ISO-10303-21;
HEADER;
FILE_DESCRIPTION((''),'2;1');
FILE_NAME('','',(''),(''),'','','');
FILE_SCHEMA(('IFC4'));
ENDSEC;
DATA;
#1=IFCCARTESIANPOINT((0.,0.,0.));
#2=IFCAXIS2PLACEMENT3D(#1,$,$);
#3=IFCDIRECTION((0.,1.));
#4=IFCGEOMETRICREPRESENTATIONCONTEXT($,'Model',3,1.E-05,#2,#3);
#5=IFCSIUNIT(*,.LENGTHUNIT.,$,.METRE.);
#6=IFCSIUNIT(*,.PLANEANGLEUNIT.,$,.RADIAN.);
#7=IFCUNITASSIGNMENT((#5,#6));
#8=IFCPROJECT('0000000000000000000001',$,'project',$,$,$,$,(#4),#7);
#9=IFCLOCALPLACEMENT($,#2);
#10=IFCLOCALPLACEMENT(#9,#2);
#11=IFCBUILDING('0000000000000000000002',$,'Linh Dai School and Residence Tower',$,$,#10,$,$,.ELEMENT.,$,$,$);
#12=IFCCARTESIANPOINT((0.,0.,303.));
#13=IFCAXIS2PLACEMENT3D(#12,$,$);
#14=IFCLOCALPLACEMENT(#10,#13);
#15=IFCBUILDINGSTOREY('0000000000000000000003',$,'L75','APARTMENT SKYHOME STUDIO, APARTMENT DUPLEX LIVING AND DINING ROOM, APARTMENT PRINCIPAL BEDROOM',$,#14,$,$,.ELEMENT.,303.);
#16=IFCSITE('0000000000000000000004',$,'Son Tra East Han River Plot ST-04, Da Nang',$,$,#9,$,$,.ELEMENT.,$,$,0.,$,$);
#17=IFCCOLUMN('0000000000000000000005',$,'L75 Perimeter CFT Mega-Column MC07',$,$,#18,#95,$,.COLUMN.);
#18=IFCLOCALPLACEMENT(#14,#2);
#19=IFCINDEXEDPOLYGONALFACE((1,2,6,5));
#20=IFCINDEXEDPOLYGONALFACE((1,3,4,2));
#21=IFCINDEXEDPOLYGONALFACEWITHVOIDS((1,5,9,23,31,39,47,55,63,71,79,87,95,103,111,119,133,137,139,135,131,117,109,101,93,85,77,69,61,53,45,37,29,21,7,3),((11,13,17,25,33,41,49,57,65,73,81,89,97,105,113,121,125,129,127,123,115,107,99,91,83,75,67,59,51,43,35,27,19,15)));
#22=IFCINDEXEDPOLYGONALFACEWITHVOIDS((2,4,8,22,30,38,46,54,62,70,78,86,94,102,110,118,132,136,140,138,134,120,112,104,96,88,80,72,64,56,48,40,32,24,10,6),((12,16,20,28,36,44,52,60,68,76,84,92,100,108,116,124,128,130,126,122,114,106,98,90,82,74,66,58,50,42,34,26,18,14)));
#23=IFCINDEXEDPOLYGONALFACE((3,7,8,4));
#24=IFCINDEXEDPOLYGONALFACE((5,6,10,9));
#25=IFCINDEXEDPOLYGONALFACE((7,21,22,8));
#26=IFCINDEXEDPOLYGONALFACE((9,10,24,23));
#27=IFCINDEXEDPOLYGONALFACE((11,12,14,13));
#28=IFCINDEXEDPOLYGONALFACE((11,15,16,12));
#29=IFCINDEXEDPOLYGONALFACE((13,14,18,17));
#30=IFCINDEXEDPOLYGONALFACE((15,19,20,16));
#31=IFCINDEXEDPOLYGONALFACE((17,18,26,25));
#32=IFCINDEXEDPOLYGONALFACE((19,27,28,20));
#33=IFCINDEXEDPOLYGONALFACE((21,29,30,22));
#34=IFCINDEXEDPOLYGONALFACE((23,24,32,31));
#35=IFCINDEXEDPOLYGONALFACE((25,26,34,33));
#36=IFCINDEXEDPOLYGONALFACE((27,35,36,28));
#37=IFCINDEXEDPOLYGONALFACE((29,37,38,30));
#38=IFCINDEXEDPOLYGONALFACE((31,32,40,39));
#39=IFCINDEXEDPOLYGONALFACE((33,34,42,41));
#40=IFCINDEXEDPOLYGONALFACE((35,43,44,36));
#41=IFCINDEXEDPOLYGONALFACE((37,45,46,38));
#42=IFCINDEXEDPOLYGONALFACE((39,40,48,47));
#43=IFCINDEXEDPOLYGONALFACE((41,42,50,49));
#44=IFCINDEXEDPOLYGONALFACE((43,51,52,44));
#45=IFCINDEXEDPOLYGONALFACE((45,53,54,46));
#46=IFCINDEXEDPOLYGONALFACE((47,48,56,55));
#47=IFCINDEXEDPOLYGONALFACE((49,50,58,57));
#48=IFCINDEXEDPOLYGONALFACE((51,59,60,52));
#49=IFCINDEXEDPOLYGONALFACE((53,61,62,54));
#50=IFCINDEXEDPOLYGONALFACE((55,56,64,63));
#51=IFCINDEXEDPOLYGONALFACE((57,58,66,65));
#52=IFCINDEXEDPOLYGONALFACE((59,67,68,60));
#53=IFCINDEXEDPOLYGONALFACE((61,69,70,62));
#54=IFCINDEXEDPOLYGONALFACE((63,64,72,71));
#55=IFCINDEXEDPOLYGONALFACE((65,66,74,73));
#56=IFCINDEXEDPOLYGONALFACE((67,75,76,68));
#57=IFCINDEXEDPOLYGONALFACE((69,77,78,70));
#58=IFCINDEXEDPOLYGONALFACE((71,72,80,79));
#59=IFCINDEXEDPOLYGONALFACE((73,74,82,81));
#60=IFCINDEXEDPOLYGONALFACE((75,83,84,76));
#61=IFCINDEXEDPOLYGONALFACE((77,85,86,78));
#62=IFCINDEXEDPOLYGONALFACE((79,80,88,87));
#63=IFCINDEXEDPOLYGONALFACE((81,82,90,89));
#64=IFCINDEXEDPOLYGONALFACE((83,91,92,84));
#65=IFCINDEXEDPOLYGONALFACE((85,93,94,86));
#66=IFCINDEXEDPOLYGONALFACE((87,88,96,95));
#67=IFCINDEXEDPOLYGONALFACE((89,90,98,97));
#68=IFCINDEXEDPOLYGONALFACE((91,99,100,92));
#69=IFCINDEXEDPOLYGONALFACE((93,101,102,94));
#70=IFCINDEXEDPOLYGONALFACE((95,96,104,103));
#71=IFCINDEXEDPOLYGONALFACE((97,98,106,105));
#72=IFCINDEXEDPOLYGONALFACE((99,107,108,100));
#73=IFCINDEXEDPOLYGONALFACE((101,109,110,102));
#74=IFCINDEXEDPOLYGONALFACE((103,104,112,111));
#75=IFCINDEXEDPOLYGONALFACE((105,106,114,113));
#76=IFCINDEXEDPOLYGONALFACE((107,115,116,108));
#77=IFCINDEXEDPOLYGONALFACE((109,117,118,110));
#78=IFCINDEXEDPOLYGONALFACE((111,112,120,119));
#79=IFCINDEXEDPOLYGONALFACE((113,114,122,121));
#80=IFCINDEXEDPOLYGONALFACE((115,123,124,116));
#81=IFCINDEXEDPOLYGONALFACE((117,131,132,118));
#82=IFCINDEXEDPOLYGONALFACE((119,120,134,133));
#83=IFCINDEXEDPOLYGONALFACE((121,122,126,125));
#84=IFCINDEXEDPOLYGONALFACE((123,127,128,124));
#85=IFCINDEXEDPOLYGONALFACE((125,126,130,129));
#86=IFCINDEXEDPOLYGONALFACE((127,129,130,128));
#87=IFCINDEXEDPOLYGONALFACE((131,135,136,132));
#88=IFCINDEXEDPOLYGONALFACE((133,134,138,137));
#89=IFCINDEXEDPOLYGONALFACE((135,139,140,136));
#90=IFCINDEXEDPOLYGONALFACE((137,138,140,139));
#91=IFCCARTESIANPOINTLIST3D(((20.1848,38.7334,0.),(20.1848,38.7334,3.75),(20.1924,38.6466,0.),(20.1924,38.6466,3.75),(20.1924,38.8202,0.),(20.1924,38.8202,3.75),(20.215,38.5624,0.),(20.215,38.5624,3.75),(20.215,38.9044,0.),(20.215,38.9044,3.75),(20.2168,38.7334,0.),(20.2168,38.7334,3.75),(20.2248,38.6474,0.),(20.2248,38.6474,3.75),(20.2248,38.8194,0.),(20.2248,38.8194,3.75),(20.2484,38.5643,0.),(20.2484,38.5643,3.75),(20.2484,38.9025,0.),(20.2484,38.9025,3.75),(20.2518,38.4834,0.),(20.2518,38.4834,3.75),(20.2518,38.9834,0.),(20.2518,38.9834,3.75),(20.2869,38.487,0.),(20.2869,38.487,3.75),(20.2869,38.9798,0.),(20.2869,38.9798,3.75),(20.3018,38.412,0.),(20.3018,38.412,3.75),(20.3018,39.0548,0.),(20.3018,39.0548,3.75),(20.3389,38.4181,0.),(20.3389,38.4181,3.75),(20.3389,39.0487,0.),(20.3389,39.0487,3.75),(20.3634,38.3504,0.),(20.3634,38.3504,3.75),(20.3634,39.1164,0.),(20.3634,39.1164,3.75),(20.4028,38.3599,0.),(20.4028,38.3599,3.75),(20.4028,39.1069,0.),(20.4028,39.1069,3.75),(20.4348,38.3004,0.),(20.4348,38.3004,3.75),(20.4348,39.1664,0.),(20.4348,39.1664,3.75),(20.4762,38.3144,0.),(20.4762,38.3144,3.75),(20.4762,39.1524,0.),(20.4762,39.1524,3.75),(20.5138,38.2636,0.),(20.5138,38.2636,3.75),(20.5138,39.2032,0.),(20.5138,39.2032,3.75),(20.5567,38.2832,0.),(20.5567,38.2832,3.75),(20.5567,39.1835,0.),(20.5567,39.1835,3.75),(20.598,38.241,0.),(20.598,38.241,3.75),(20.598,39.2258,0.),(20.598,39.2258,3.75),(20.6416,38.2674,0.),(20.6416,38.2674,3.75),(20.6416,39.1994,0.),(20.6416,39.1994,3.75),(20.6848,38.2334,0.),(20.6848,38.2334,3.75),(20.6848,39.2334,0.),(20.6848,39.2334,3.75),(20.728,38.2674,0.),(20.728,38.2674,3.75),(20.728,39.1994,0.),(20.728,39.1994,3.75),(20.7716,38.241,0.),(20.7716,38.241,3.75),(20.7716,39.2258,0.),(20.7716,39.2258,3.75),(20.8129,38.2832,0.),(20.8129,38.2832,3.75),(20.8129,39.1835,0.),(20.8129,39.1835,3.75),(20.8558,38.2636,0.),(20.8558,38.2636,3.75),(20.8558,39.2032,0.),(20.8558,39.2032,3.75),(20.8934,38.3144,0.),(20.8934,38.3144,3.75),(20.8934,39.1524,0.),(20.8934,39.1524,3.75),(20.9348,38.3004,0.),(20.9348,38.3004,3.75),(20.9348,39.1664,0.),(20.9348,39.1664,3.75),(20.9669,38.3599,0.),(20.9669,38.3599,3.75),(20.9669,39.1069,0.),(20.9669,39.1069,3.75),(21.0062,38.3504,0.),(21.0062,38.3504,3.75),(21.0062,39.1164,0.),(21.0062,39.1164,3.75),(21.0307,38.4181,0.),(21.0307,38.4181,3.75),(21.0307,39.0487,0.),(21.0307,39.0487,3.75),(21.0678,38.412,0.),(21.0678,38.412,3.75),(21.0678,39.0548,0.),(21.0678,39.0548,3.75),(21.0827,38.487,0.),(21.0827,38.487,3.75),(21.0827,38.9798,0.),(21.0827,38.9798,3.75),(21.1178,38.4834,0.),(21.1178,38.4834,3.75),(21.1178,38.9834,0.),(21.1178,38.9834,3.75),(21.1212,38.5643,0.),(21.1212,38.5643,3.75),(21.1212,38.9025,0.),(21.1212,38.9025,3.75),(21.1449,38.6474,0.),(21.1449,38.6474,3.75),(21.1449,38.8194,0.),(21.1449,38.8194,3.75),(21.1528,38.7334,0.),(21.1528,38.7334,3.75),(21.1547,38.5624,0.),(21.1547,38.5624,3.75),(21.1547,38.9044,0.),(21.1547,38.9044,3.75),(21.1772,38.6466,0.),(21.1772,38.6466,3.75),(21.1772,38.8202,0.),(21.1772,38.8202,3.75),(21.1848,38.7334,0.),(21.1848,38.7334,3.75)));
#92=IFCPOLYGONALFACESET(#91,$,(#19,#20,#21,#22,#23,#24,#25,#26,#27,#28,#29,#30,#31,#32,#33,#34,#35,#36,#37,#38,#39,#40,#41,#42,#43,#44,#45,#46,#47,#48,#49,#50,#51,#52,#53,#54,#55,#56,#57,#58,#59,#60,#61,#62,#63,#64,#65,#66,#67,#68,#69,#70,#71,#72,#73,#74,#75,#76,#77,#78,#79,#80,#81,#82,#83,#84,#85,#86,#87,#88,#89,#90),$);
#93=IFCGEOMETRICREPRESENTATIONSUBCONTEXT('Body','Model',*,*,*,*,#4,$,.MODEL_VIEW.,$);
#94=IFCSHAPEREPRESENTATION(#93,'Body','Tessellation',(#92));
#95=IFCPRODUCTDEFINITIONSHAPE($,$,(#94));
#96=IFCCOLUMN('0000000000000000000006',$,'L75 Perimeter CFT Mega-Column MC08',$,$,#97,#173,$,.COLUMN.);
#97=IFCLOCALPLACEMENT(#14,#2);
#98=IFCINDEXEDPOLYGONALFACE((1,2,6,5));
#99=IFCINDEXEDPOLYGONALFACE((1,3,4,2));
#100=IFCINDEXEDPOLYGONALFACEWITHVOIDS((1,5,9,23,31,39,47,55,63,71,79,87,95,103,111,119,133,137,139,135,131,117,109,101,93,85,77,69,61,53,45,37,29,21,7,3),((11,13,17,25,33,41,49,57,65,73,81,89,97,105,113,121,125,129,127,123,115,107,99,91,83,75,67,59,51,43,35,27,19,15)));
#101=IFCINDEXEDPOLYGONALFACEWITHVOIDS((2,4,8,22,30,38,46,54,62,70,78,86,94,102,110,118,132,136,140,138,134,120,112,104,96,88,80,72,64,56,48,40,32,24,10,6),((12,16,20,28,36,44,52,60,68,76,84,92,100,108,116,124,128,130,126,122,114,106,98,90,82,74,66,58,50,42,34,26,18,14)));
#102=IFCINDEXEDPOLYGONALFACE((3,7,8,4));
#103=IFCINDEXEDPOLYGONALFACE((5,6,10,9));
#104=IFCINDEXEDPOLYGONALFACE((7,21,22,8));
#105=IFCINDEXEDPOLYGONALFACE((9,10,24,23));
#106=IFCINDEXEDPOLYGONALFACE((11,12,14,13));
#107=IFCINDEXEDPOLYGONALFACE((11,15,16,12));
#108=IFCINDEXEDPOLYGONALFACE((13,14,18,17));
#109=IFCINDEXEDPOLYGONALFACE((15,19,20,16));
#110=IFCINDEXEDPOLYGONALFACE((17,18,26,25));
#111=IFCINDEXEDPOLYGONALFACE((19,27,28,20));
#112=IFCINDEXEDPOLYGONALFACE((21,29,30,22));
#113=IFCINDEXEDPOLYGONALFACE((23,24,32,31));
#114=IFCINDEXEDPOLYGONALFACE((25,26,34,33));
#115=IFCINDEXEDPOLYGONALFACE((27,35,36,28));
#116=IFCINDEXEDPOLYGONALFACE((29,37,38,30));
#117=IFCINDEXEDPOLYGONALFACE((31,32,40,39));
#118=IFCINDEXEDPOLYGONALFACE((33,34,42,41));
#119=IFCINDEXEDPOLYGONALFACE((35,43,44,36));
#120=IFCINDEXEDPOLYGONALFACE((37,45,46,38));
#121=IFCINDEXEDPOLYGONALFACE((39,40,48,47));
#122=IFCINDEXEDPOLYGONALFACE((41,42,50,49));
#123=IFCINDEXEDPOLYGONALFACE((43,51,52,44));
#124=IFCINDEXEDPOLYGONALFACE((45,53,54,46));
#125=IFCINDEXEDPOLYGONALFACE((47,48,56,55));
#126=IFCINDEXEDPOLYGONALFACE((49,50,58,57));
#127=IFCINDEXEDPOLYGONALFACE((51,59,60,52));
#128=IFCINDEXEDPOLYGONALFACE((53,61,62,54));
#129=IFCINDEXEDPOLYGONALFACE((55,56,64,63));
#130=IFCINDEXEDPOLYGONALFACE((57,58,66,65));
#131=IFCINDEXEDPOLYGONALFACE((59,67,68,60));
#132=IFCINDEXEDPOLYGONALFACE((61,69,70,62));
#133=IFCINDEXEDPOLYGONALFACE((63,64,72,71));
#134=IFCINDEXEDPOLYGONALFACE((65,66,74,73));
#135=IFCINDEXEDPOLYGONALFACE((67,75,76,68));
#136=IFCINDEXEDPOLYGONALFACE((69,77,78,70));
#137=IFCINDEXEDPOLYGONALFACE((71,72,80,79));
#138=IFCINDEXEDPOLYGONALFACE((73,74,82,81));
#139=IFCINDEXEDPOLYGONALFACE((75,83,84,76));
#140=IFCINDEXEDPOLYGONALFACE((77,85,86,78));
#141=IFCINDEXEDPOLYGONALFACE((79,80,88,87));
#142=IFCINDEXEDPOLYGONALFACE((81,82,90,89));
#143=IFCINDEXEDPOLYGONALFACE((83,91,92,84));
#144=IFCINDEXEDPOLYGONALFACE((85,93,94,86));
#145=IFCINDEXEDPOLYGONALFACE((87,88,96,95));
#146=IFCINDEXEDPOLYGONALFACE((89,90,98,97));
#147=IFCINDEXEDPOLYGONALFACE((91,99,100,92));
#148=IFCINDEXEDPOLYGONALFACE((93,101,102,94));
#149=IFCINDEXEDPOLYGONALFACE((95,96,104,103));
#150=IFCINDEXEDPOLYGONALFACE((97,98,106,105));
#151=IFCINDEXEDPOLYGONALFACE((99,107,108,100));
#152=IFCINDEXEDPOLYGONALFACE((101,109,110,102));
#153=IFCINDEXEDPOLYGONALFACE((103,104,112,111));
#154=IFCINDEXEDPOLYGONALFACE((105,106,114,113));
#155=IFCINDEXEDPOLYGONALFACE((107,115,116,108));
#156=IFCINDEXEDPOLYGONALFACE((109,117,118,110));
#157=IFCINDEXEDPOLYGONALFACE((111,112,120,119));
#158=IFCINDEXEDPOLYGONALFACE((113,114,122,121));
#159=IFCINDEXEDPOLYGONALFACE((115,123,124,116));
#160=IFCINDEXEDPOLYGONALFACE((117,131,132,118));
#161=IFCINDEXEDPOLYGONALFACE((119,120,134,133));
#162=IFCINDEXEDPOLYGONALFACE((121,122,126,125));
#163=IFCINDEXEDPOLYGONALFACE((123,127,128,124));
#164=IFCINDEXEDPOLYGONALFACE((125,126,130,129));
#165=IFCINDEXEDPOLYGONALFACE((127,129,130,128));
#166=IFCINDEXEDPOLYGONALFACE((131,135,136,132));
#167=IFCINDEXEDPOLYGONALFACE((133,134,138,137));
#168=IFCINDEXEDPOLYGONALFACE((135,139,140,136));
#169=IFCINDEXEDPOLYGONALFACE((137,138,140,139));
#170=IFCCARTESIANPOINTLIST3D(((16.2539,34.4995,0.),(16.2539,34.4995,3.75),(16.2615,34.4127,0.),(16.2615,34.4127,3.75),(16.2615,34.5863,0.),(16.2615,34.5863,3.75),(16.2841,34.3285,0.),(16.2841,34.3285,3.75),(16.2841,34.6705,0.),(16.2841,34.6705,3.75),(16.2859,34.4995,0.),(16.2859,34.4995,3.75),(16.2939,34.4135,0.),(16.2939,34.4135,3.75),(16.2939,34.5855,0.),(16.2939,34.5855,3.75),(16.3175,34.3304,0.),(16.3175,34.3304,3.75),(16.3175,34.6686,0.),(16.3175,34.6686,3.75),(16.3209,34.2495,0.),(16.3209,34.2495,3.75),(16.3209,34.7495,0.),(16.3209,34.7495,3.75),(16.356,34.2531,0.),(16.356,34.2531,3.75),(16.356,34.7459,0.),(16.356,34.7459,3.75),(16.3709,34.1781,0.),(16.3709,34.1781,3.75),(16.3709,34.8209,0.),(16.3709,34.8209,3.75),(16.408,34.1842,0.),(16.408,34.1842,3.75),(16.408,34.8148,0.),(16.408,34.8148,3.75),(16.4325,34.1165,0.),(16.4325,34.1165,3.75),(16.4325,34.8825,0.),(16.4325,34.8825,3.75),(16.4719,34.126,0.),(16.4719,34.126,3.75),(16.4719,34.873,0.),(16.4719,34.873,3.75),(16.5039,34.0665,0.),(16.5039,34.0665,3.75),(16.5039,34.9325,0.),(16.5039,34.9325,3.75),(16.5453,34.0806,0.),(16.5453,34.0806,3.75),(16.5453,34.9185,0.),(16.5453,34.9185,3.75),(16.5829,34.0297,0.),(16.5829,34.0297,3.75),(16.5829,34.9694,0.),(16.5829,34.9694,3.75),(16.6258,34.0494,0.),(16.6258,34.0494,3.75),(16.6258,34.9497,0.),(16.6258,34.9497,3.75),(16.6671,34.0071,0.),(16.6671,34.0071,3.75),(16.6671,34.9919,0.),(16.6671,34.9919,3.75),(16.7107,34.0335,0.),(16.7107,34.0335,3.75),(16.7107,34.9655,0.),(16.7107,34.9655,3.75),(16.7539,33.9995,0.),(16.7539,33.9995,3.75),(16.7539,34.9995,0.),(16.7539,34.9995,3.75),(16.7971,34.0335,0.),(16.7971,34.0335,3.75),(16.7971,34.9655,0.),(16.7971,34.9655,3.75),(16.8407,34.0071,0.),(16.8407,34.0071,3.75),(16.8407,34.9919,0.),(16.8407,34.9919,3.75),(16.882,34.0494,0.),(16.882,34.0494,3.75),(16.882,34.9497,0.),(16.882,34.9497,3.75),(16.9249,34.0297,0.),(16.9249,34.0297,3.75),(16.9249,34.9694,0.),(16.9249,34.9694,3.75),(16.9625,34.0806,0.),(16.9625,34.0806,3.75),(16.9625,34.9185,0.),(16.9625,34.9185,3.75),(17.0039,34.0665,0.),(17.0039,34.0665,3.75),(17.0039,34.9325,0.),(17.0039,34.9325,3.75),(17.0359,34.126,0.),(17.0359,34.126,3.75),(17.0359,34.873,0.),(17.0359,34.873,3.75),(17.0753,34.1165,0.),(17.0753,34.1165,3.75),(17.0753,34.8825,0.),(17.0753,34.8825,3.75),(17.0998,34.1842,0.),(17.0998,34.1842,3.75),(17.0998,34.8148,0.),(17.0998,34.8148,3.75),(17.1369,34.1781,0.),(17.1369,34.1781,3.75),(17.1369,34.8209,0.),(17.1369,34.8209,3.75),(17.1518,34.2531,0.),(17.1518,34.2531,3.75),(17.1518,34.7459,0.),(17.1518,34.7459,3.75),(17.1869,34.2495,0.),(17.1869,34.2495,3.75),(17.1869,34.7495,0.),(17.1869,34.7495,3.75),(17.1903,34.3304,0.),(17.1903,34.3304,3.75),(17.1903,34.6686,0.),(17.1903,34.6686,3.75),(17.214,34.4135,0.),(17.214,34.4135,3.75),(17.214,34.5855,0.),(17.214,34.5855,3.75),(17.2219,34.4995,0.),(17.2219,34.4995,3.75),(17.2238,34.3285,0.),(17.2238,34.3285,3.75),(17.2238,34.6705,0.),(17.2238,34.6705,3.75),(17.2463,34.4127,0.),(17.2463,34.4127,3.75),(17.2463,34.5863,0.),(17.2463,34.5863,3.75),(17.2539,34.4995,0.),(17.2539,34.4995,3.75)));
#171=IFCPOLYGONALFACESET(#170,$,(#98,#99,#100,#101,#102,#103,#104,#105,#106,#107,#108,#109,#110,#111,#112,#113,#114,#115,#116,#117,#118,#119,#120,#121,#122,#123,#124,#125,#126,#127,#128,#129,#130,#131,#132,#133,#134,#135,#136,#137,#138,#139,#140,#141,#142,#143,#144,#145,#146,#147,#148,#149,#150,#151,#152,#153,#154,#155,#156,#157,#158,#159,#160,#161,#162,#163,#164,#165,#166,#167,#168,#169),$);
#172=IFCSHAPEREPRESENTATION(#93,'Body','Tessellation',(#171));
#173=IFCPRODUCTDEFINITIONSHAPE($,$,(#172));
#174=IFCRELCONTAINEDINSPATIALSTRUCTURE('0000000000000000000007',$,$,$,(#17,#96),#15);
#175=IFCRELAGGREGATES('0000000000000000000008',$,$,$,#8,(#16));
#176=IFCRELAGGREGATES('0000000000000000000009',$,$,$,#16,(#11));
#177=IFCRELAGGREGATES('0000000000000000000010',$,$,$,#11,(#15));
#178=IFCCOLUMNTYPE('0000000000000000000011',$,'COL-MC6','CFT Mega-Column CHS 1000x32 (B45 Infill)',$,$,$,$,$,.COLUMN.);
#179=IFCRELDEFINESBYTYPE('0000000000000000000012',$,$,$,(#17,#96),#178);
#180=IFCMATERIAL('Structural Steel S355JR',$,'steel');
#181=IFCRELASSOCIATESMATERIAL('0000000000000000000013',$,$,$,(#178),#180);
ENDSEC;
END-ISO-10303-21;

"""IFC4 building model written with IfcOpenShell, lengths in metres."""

from ifc_helpers import new_model, si_unit, direction, frame, origin, origin_2d, place, context, subcontext, project, spatial, hollow_circle, extrude, material, material_profile, profile_set, type_object, element, save


model = new_model("IFC4")

# Units and contexts
model_context = context("Model", 3, precision=1e-05, world=origin(), true_north=direction((0.0, 1.0)))
body_context = subcontext(model_context, "Body", "Model", "MODEL_VIEW")
ifc_project = project(units=[si_unit("LENGTHUNIT", "METRE"), si_unit("PLANEANGLEUNIT", "RADIAN")], contexts=[model_context])

# Site, building, storey
site_placement = place(None, origin())
site = spatial("IfcSite", under=ifc_project, at=site_placement, Name="Son Tra East Han River Plot ST-04, Da Nang", CompositionType="ELEMENT", RefElevation=0.0)
building_placement = place(site_placement, origin())
building = spatial("IfcBuilding", under=site, at=building_placement, Name="Linh Dai School and Residence Tower", CompositionType="ELEMENT")
storey_placement = place(building_placement, frame((0.0, 0.0, 303.0)))
storey = spatial("IfcBuildingStorey", under=building, at=storey_placement, Name="L75", Description="APARTMENT SKYHOME STUDIO, APARTMENT DUPLEX LIVING AND DINING ROOM, APARTMENT PRINCIPAL BEDROOM", CompositionType="ELEMENT", Elevation=303.0)

# Columns
ifc_material_1 = material(Name="Structural Steel S355JR", Category="steel")
ifc_material_profile_1 = material_profile(ifc_material_1, hollow_circle(Radius=0.5, WallThickness=0.032, at=origin_2d()), Name="CHS 1000x32")
ifc_profile_set_1 = profile_set([ifc_material_profile_1], Name="Structural Steel S355JR")
column_type = type_object("IfcColumnType", Name="COL-MC6", Description="CFT Mega-Column CHS 1000x32 (B45 Infill)", PredefinedType="COLUMN", material=ifc_profile_set_1)
for number, where, z_axis, x_axis, name in (
    (1, (20.6848, 38.7334, 0.0), (0.0, 0.0, 1.0), (1.0, 0.0, 0.0), "L75 Perimeter CFT Mega-Column MC07"),
    (2, (16.7539, 34.4995, 0.0), (0.0, 0.0, 1.0), (1.0, 0.0, 0.0), "L75 Perimeter CFT Mega-Column MC08"),
):
    element("IfcColumn", number, at=place(storey_placement, frame(where, z_axis=z_axis, x_axis=x_axis)), inside=storey, type_object=column_type, Name=name, PredefinedType="COLUMN", context=body_context, shape_type="SweptSolid", body=[
        extrude(hollow_circle(Radius=0.5, WallThickness=0.032, at=origin_2d()), origin(), (0.0, 0.0, 1.0), 3.75),
    ])

save(model, "model.ifc")
